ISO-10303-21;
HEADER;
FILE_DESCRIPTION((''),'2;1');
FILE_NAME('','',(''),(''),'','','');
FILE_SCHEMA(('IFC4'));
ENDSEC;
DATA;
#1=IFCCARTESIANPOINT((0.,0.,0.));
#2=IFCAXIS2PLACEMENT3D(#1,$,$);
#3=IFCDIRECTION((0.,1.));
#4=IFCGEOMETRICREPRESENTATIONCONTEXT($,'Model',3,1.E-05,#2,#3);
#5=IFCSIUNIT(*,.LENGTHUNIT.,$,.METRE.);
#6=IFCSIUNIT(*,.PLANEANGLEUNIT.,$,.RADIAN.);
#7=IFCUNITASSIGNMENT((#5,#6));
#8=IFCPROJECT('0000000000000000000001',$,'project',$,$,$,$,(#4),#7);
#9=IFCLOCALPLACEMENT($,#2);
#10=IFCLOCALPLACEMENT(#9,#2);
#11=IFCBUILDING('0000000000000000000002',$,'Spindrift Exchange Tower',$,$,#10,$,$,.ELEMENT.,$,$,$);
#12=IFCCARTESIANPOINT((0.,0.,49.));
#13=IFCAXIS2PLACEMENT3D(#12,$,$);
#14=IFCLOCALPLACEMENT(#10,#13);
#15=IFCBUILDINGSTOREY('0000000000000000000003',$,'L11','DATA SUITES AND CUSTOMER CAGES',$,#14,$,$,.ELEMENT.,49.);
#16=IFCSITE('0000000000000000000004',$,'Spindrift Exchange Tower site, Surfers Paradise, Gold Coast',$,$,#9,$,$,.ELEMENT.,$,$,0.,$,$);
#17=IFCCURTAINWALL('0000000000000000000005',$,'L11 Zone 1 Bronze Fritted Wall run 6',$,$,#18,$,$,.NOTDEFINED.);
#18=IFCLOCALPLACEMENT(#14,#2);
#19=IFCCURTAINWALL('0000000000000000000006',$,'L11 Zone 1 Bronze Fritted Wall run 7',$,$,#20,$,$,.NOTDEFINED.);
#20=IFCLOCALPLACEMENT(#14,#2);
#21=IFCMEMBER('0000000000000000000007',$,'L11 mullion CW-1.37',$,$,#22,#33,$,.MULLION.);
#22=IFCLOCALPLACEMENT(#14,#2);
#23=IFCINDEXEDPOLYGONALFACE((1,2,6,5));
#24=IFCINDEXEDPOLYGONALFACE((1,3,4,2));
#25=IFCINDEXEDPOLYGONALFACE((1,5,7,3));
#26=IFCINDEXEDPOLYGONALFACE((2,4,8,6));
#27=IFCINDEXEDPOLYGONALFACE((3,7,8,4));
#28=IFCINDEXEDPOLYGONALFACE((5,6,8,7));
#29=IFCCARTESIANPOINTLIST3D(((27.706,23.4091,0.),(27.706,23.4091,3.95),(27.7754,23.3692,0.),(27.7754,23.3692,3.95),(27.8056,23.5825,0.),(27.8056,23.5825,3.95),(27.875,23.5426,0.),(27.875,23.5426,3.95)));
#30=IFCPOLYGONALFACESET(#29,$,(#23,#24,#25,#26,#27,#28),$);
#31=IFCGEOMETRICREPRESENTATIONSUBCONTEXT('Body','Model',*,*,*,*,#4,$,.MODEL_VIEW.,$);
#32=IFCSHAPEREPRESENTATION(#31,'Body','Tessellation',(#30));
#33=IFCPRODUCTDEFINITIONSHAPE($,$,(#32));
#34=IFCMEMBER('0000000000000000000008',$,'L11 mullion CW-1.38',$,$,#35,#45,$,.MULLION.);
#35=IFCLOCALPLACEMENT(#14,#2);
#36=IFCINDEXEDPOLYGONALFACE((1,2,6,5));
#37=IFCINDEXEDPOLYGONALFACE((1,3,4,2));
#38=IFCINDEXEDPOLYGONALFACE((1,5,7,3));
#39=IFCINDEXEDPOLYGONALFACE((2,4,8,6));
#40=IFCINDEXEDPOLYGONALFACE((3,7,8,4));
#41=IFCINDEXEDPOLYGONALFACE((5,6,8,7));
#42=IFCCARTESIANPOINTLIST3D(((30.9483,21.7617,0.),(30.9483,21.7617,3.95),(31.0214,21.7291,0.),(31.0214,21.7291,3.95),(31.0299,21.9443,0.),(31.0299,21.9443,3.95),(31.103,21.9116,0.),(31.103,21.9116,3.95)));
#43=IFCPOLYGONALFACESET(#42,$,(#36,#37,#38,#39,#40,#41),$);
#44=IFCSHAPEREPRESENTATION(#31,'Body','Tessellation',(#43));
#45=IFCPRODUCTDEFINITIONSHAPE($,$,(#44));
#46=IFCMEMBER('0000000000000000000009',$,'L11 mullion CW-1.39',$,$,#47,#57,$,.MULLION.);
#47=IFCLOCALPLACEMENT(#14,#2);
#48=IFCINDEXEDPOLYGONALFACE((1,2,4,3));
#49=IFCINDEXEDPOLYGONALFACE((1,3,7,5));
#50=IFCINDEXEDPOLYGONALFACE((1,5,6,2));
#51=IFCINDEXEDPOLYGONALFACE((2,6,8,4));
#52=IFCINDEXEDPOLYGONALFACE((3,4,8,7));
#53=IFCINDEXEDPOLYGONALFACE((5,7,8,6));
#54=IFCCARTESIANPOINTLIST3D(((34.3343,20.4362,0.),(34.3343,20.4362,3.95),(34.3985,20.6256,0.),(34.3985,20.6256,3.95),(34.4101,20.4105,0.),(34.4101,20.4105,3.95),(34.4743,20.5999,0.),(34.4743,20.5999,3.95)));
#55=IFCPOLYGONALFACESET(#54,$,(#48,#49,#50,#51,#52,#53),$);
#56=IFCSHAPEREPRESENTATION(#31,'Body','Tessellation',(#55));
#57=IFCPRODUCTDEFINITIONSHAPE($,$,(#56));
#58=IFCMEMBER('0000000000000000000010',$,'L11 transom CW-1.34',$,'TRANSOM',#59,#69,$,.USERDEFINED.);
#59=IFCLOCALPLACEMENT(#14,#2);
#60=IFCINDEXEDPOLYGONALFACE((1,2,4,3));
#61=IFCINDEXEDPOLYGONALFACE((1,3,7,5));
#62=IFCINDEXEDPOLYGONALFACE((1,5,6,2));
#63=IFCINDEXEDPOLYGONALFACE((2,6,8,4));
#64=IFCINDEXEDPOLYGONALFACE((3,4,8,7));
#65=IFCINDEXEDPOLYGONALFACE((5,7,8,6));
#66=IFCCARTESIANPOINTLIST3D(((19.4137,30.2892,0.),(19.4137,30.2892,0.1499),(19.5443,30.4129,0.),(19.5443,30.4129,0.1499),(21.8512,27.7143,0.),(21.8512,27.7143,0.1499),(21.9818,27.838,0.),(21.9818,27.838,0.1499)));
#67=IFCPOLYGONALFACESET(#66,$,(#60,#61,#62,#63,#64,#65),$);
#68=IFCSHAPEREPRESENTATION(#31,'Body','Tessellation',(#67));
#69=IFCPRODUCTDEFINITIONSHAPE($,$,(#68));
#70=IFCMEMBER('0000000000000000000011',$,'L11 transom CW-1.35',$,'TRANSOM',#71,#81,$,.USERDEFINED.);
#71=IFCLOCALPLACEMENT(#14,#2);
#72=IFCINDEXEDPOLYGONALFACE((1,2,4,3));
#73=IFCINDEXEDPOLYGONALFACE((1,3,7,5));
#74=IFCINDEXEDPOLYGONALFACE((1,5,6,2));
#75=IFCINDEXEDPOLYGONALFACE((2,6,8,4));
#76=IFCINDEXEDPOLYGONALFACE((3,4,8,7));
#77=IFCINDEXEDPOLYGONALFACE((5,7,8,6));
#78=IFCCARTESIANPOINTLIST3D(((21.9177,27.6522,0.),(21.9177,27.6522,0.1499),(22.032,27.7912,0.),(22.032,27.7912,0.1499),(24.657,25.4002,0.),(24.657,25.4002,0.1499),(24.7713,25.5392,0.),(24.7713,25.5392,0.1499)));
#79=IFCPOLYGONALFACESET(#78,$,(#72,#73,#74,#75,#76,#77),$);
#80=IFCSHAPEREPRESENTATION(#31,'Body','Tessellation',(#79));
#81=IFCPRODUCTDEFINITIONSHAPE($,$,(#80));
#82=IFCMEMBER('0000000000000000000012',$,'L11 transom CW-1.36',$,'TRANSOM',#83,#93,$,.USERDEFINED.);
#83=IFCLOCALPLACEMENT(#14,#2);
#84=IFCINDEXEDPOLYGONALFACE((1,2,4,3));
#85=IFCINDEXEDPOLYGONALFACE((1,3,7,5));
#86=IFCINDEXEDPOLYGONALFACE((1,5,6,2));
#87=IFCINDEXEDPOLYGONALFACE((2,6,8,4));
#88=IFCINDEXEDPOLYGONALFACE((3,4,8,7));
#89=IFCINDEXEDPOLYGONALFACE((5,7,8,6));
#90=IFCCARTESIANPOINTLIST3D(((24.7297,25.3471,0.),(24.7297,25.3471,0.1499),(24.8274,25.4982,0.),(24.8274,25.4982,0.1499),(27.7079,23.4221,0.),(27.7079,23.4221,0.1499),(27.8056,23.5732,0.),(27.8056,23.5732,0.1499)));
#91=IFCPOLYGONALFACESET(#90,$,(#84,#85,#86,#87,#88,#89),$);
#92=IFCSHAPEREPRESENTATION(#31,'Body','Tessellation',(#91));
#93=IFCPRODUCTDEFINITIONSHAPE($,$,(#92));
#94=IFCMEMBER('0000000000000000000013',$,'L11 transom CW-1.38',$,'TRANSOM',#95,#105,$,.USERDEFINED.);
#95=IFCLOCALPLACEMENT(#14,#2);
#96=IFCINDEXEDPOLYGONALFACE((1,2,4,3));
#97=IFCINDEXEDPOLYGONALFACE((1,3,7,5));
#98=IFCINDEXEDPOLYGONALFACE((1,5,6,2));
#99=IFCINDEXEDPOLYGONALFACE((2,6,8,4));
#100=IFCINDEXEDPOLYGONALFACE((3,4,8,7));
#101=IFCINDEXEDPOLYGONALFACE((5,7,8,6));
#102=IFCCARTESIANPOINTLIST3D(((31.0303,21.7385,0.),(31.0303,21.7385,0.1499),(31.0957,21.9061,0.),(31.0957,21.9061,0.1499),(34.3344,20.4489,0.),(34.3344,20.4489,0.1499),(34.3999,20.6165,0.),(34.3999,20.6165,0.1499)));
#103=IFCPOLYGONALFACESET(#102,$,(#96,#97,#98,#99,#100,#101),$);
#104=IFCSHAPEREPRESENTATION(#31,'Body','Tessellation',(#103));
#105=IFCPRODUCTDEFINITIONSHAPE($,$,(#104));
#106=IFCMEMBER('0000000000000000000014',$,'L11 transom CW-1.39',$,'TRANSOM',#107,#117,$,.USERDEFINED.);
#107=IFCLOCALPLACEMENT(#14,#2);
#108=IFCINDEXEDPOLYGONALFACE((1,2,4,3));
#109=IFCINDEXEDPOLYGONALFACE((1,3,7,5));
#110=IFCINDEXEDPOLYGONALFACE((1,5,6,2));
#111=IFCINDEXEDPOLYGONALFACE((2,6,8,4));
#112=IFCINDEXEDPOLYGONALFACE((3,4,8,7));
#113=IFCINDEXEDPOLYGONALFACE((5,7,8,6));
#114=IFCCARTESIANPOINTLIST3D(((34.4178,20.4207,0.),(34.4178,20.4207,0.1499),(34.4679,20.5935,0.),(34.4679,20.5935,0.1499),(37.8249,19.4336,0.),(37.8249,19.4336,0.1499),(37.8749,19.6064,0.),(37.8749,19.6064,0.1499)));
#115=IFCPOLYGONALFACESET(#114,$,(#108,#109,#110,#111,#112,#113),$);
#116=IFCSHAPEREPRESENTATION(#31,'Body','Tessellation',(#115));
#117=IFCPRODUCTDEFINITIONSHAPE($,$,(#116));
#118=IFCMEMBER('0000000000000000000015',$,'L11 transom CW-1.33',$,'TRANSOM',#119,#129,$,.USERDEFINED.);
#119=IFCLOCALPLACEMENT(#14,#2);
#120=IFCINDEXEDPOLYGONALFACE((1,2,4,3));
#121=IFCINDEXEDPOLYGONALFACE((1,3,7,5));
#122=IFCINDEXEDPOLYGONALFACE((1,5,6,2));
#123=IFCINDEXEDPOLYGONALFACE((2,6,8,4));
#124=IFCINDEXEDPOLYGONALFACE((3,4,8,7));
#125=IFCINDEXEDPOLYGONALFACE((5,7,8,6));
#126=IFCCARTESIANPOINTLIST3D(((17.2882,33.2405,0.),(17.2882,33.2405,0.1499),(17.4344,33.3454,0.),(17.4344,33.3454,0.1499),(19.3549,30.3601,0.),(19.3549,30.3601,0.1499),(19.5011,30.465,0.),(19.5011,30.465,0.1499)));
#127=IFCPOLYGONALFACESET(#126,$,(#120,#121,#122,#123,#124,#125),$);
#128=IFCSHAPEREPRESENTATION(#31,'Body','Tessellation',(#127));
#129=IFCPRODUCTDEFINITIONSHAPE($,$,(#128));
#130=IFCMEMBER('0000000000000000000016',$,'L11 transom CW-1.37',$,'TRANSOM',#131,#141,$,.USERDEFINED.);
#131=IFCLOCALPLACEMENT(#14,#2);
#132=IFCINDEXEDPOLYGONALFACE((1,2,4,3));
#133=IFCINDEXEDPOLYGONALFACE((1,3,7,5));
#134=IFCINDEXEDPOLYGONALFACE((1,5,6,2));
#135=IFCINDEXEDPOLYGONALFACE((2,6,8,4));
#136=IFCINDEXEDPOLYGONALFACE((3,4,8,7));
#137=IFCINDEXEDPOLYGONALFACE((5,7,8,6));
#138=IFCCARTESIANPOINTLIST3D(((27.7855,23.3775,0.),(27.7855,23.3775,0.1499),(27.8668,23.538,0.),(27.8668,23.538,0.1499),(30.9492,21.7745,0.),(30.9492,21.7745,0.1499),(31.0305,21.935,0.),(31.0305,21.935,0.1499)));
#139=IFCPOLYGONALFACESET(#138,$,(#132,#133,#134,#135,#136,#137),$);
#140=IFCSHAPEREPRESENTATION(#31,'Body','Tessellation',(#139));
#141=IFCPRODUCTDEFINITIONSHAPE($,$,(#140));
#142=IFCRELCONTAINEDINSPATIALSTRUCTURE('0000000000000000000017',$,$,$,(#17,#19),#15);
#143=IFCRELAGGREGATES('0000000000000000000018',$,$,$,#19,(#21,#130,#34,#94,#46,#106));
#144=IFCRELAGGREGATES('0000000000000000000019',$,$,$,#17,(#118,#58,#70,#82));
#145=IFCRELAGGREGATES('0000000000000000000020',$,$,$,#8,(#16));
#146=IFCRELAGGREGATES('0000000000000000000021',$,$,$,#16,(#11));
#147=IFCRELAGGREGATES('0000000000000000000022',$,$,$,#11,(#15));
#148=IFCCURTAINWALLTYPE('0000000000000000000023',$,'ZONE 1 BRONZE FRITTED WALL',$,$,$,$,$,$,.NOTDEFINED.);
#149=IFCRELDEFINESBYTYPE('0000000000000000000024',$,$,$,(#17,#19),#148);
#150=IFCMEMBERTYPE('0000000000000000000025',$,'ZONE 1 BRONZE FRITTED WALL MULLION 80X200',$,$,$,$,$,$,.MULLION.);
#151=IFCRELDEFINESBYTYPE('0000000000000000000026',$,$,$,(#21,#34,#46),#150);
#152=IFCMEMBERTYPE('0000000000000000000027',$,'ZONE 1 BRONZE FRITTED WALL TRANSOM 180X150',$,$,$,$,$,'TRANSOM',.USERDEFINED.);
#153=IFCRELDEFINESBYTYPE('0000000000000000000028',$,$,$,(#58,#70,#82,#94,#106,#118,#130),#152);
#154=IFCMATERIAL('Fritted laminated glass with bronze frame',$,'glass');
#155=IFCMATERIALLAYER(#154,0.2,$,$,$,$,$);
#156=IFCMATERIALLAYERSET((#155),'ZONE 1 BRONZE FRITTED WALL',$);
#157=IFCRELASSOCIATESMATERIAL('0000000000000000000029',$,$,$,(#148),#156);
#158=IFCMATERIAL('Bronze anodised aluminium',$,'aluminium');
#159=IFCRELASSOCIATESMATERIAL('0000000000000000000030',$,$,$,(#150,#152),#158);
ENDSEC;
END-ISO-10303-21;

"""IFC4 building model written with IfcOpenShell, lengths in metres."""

from ifc_helpers import new_model, si_unit, direction, frame, origin, origin_2d, place, context, subcontext, project, spatial, rectangle, extrude, source, transform, mapped, material, layer, layer_set, material_profile, profile_set, type_object, element, aggregate, save


model = new_model("IFC4")

# Units and contexts
model_context = context("Model", 3, precision=1e-05, world=origin(), true_north=direction((0.0, 1.0)))
body_context = subcontext(model_context, "Body", "Model", "MODEL_VIEW")
ifc_project = project(units=[si_unit("LENGTHUNIT", "METRE"), si_unit("PLANEANGLEUNIT", "RADIAN")], contexts=[model_context])

# Site, building, storey
site_placement = place(None, origin())
site = spatial("IfcSite", under=ifc_project, at=site_placement, Name="Spindrift Exchange Tower site, Surfers Paradise, Gold Coast", CompositionType="ELEMENT", RefElevation=0.0)
building_placement = place(site_placement, origin())
building = spatial("IfcBuilding", under=site, at=building_placement, Name="Spindrift Exchange Tower", CompositionType="ELEMENT")
storey_placement = place(building_placement, frame((0.0, 0.0, 49.0)))
storey = spatial("IfcBuildingStorey", under=building, at=storey_placement, Name="L11", Description="DATA SUITES AND CUSTOMER CAGES", CompositionType="ELEMENT", Elevation=49.0)

# Curtain walls, members
ifc_material_1 = material(Name="Fritted laminated glass with bronze frame", Category="glass")
ifc_layer_1 = layer(ifc_material_1, 0.2)
ifc_layer_set_1 = layer_set([ifc_layer_1], Name="ZONE 1 BRONZE FRITTED WALL")
curtain_wall_type = type_object("IfcCurtainWallType", Name="ZONE 1 BRONZE FRITTED WALL", PredefinedType="NOTDEFINED", material=ifc_layer_set_1)
curtain_wall_1_placement = place(storey_placement, origin())
curtain_wall_1 = element("IfcCurtainWall", 1, at=curtain_wall_1_placement, inside=storey, type_object=curtain_wall_type, Name="L11 Zone 1 Bronze Fritted Wall run 6", PredefinedType="NOTDEFINED")
ifc_material_2 = material(Name="Bronze anodised aluminium", Category="aluminium")
ifc_material_profile_1 = material_profile(ifc_material_2, rectangle(XDim=0.0801, YDim=0.2, at=origin_2d()), Name="ZONE 1 BRONZE FRITTED WALL MULLION 80X200")
ifc_profile_set_1 = profile_set([ifc_material_profile_1], Name="Bronze anodised aluminium")
member_type_1 = type_object("IfcMemberType", Name="ZONE 1 BRONZE FRITTED WALL MULLION 80X200", PredefinedType="MULLION", material=ifc_profile_set_1)
shared_shape_1 = source(origin(), body_context, "Body", "SweptSolid", [
    extrude(rectangle(XDim=0.0801, YDim=0.2, at=origin_2d()), origin(), (0.0, 0.0, 1.0), 3.95),
])
curtain_wall_2_placement = place(storey_placement, origin())
curtain_wall_2 = element("IfcCurtainWall", 2, at=curtain_wall_2_placement, inside=storey, type_object=curtain_wall_type, Name="L11 Zone 1 Bronze Fritted Wall run 7", PredefinedType="NOTDEFINED")
member_1_placement = place(storey_placement, frame((27.7905, 23.4758, 0.0), z_axis=(0.0, 0.0, 1.0), x_axis=(0.867126, -0.498089, 0.0)))
member_1 = element("IfcMember", 3, at=member_1_placement, type_object=member_type_1, Name="L11 mullion CW-1.37", PredefinedType="MULLION", context=body_context, shape_type="MappedRepresentation", body=[
    mapped(shared_shape_1, transform((0.0, 0.0, 0.0), scale=1.0)),
])
member_2_placement = place(storey_placement, frame((31.0256, 21.8367, 0.0), z_axis=(0.0, 0.0, 1.0), x_axis=(0.912877, -0.408235, 0.0)))
member_2 = element("IfcMember", 4, at=member_2_placement, type_object=member_type_1, Name="L11 mullion CW-1.38", PredefinedType="MULLION", context=body_context, shape_type="MappedRepresentation", body=[
    mapped(shared_shape_1, transform((0.0, 0.0, 0.0), scale=1.0)),
])
member_3_placement = place(storey_placement, frame((34.4043, 20.5181, 0.0), z_axis=(0.0, 0.0, 1.0), x_axis=(0.947007, -0.321213, 0.0)))
member_3 = element("IfcMember", 5, at=member_3_placement, type_object=member_type_1, Name="L11 mullion CW-1.39", PredefinedType="MULLION", context=body_context, shape_type="MappedRepresentation", body=[
    mapped(shared_shape_1, transform((0.0, 0.0, 0.0), scale=1.0)),
])

# Members
ifc_material_profile_2 = material_profile(ifc_material_2, rectangle(XDim=0.1799, YDim=0.1499, at=origin_2d()), Name="ZONE 1 BRONZE FRITTED WALL TRANSOM 180X150")
ifc_profile_set_2 = profile_set([ifc_material_profile_2], Name="Bronze anodised aluminium")
member_type_2 = type_object("IfcMemberType", Name="ZONE 1 BRONZE FRITTED WALL TRANSOM 180X150", ElementType="TRANSOM", PredefinedType="USERDEFINED", material=ifc_profile_set_2)
shared_shape_2 = source(origin(), body_context, "Body", "SweptSolid", [
    extrude(rectangle(XDim=0.1799, YDim=0.1499, at=origin_2d()), origin(), (0.0, 0.0, 1.0), 3.5457),
])
member_4_placement = place(storey_placement, frame((19.479, 30.3511, 0.075), z_axis=(0.687458, -0.726224, 0.0), x_axis=(0.726224, 0.687458, 0.0)))
member_4 = element("IfcMember", 6, at=member_4_placement, type_object=member_type_2, Name="L11 transom CW-1.34", ObjectType="TRANSOM", PredefinedType="USERDEFINED", context=body_context, shape_type="MappedRepresentation", body=[
    mapped(shared_shape_2, transform((0.0, 0.0, 0.0), scale=1.0)),
])
shared_shape_3 = source(origin(), body_context, "Body", "SweptSolid", [
    extrude(rectangle(XDim=0.1799, YDim=0.1499, at=origin_2d()), origin(), (0.0, 0.0, 1.0), 3.5461),
])
member_5_placement = place(storey_placement, frame((21.9749, 27.7217, 0.075), z_axis=(0.772471, -0.635051, 0.0), x_axis=(0.635051, 0.772471, 0.0)))
member_5 = element("IfcMember", 7, at=member_5_placement, type_object=member_type_2, Name="L11 transom CW-1.35", ObjectType="TRANSOM", PredefinedType="USERDEFINED", context=body_context, shape_type="MappedRepresentation", body=[
    mapped(shared_shape_3, transform((0.0, 0.0, 0.0), scale=1.0)),
])
member_6_placement = place(storey_placement, frame((24.7786, 25.4226, 0.075), z_axis=(0.839836, -0.54284, 0.0), x_axis=(0.54284, 0.839836, 0.0)))
member_6 = element("IfcMember", 8, at=member_6_placement, type_object=member_type_2, Name="L11 transom CW-1.36", ObjectType="TRANSOM", PredefinedType="USERDEFINED", context=body_context, shape_type="MappedRepresentation", body=[
    mapped(shared_shape_3, transform((0.0, 0.0, 0.0), scale=1.0)),
])
shared_shape_4 = source(origin(), body_context, "Body", "SweptSolid", [
    extrude(rectangle(XDim=0.1799, YDim=0.1499, at=origin_2d()), origin(), (0.0, 0.0, 1.0), 3.5469),
])
member_7_placement = place(storey_placement, frame((31.063, 21.8223, 0.075), z_axis=(0.931567, -0.363569, 0.0), x_axis=(0.363569, 0.931567, 0.0)))
member_7 = element("IfcMember", 9, at=member_7_placement, type_object=member_type_2, Name="L11 transom CW-1.38", ObjectType="TRANSOM", PredefinedType="USERDEFINED", context=body_context, shape_type="MappedRepresentation", body=[
    mapped(shared_shape_4, transform((0.0, 0.0, 0.0), scale=1.0)),
])
shared_shape_5 = source(origin(), body_context, "Body", "SweptSolid", [
    extrude(rectangle(XDim=0.1799, YDim=0.1499, at=origin_2d()), origin(), (0.0, 0.0, 1.0), 3.5471),
])
member_8_placement = place(storey_placement, frame((34.4429, 20.5071, 0.075), z_axis=(0.960502, -0.278274, 0.0), x_axis=(0.278274, 0.960502, 0.0)))
member_8 = element("IfcMember", 10, at=member_8_placement, type_object=member_type_2, Name="L11 transom CW-1.39", ObjectType="TRANSOM", PredefinedType="USERDEFINED", context=body_context, shape_type="MappedRepresentation", body=[
    mapped(shared_shape_5, transform((0.0, 0.0, 0.0), scale=1.0)),
])
shared_shape_6 = source(origin(), body_context, "Body", "SweptSolid", [
    extrude(rectangle(XDim=0.1799, YDim=0.1499, at=origin_2d()), origin(), (0.0, 0.0, 1.0), 3.5452),
])
member_9_placement = place(storey_placement, frame((17.3613, 33.293, 0.075), z_axis=(0.582963, -0.812499, 0.0), x_axis=(0.812499, 0.582963, 0.0)))
member_9 = element("IfcMember", 11, at=member_9_placement, type_object=member_type_2, Name="L11 transom CW-1.33", ObjectType="TRANSOM", PredefinedType="USERDEFINED", context=body_context, shape_type="MappedRepresentation", body=[
    mapped(shared_shape_6, transform((0.0, 0.0, 0.0), scale=1.0)),
])
shared_shape_7 = source(origin(), body_context, "Body", "SweptSolid", [
    extrude(rectangle(XDim=0.1799, YDim=0.1499, at=origin_2d()), origin(), (0.0, 0.0, 1.0), 3.5466),
])
member_10_placement = place(storey_placement, frame((27.8262, 23.4578, 0.075), z_axis=(0.892033, -0.451971, 0.0), x_axis=(0.451971, 0.892033, 0.0)))
member_10 = element("IfcMember", 12, at=member_10_placement, type_object=member_type_2, Name="L11 transom CW-1.37", ObjectType="TRANSOM", PredefinedType="USERDEFINED", context=body_context, shape_type="MappedRepresentation", body=[
    mapped(shared_shape_7, transform((0.0, 0.0, 0.0), scale=1.0)),
])

aggregate(curtain_wall_2, [member_1, member_10, member_2, member_7, member_3, member_8])
aggregate(curtain_wall_1, [member_9, member_4, member_5, member_6])

save(model, "model.ifc")
